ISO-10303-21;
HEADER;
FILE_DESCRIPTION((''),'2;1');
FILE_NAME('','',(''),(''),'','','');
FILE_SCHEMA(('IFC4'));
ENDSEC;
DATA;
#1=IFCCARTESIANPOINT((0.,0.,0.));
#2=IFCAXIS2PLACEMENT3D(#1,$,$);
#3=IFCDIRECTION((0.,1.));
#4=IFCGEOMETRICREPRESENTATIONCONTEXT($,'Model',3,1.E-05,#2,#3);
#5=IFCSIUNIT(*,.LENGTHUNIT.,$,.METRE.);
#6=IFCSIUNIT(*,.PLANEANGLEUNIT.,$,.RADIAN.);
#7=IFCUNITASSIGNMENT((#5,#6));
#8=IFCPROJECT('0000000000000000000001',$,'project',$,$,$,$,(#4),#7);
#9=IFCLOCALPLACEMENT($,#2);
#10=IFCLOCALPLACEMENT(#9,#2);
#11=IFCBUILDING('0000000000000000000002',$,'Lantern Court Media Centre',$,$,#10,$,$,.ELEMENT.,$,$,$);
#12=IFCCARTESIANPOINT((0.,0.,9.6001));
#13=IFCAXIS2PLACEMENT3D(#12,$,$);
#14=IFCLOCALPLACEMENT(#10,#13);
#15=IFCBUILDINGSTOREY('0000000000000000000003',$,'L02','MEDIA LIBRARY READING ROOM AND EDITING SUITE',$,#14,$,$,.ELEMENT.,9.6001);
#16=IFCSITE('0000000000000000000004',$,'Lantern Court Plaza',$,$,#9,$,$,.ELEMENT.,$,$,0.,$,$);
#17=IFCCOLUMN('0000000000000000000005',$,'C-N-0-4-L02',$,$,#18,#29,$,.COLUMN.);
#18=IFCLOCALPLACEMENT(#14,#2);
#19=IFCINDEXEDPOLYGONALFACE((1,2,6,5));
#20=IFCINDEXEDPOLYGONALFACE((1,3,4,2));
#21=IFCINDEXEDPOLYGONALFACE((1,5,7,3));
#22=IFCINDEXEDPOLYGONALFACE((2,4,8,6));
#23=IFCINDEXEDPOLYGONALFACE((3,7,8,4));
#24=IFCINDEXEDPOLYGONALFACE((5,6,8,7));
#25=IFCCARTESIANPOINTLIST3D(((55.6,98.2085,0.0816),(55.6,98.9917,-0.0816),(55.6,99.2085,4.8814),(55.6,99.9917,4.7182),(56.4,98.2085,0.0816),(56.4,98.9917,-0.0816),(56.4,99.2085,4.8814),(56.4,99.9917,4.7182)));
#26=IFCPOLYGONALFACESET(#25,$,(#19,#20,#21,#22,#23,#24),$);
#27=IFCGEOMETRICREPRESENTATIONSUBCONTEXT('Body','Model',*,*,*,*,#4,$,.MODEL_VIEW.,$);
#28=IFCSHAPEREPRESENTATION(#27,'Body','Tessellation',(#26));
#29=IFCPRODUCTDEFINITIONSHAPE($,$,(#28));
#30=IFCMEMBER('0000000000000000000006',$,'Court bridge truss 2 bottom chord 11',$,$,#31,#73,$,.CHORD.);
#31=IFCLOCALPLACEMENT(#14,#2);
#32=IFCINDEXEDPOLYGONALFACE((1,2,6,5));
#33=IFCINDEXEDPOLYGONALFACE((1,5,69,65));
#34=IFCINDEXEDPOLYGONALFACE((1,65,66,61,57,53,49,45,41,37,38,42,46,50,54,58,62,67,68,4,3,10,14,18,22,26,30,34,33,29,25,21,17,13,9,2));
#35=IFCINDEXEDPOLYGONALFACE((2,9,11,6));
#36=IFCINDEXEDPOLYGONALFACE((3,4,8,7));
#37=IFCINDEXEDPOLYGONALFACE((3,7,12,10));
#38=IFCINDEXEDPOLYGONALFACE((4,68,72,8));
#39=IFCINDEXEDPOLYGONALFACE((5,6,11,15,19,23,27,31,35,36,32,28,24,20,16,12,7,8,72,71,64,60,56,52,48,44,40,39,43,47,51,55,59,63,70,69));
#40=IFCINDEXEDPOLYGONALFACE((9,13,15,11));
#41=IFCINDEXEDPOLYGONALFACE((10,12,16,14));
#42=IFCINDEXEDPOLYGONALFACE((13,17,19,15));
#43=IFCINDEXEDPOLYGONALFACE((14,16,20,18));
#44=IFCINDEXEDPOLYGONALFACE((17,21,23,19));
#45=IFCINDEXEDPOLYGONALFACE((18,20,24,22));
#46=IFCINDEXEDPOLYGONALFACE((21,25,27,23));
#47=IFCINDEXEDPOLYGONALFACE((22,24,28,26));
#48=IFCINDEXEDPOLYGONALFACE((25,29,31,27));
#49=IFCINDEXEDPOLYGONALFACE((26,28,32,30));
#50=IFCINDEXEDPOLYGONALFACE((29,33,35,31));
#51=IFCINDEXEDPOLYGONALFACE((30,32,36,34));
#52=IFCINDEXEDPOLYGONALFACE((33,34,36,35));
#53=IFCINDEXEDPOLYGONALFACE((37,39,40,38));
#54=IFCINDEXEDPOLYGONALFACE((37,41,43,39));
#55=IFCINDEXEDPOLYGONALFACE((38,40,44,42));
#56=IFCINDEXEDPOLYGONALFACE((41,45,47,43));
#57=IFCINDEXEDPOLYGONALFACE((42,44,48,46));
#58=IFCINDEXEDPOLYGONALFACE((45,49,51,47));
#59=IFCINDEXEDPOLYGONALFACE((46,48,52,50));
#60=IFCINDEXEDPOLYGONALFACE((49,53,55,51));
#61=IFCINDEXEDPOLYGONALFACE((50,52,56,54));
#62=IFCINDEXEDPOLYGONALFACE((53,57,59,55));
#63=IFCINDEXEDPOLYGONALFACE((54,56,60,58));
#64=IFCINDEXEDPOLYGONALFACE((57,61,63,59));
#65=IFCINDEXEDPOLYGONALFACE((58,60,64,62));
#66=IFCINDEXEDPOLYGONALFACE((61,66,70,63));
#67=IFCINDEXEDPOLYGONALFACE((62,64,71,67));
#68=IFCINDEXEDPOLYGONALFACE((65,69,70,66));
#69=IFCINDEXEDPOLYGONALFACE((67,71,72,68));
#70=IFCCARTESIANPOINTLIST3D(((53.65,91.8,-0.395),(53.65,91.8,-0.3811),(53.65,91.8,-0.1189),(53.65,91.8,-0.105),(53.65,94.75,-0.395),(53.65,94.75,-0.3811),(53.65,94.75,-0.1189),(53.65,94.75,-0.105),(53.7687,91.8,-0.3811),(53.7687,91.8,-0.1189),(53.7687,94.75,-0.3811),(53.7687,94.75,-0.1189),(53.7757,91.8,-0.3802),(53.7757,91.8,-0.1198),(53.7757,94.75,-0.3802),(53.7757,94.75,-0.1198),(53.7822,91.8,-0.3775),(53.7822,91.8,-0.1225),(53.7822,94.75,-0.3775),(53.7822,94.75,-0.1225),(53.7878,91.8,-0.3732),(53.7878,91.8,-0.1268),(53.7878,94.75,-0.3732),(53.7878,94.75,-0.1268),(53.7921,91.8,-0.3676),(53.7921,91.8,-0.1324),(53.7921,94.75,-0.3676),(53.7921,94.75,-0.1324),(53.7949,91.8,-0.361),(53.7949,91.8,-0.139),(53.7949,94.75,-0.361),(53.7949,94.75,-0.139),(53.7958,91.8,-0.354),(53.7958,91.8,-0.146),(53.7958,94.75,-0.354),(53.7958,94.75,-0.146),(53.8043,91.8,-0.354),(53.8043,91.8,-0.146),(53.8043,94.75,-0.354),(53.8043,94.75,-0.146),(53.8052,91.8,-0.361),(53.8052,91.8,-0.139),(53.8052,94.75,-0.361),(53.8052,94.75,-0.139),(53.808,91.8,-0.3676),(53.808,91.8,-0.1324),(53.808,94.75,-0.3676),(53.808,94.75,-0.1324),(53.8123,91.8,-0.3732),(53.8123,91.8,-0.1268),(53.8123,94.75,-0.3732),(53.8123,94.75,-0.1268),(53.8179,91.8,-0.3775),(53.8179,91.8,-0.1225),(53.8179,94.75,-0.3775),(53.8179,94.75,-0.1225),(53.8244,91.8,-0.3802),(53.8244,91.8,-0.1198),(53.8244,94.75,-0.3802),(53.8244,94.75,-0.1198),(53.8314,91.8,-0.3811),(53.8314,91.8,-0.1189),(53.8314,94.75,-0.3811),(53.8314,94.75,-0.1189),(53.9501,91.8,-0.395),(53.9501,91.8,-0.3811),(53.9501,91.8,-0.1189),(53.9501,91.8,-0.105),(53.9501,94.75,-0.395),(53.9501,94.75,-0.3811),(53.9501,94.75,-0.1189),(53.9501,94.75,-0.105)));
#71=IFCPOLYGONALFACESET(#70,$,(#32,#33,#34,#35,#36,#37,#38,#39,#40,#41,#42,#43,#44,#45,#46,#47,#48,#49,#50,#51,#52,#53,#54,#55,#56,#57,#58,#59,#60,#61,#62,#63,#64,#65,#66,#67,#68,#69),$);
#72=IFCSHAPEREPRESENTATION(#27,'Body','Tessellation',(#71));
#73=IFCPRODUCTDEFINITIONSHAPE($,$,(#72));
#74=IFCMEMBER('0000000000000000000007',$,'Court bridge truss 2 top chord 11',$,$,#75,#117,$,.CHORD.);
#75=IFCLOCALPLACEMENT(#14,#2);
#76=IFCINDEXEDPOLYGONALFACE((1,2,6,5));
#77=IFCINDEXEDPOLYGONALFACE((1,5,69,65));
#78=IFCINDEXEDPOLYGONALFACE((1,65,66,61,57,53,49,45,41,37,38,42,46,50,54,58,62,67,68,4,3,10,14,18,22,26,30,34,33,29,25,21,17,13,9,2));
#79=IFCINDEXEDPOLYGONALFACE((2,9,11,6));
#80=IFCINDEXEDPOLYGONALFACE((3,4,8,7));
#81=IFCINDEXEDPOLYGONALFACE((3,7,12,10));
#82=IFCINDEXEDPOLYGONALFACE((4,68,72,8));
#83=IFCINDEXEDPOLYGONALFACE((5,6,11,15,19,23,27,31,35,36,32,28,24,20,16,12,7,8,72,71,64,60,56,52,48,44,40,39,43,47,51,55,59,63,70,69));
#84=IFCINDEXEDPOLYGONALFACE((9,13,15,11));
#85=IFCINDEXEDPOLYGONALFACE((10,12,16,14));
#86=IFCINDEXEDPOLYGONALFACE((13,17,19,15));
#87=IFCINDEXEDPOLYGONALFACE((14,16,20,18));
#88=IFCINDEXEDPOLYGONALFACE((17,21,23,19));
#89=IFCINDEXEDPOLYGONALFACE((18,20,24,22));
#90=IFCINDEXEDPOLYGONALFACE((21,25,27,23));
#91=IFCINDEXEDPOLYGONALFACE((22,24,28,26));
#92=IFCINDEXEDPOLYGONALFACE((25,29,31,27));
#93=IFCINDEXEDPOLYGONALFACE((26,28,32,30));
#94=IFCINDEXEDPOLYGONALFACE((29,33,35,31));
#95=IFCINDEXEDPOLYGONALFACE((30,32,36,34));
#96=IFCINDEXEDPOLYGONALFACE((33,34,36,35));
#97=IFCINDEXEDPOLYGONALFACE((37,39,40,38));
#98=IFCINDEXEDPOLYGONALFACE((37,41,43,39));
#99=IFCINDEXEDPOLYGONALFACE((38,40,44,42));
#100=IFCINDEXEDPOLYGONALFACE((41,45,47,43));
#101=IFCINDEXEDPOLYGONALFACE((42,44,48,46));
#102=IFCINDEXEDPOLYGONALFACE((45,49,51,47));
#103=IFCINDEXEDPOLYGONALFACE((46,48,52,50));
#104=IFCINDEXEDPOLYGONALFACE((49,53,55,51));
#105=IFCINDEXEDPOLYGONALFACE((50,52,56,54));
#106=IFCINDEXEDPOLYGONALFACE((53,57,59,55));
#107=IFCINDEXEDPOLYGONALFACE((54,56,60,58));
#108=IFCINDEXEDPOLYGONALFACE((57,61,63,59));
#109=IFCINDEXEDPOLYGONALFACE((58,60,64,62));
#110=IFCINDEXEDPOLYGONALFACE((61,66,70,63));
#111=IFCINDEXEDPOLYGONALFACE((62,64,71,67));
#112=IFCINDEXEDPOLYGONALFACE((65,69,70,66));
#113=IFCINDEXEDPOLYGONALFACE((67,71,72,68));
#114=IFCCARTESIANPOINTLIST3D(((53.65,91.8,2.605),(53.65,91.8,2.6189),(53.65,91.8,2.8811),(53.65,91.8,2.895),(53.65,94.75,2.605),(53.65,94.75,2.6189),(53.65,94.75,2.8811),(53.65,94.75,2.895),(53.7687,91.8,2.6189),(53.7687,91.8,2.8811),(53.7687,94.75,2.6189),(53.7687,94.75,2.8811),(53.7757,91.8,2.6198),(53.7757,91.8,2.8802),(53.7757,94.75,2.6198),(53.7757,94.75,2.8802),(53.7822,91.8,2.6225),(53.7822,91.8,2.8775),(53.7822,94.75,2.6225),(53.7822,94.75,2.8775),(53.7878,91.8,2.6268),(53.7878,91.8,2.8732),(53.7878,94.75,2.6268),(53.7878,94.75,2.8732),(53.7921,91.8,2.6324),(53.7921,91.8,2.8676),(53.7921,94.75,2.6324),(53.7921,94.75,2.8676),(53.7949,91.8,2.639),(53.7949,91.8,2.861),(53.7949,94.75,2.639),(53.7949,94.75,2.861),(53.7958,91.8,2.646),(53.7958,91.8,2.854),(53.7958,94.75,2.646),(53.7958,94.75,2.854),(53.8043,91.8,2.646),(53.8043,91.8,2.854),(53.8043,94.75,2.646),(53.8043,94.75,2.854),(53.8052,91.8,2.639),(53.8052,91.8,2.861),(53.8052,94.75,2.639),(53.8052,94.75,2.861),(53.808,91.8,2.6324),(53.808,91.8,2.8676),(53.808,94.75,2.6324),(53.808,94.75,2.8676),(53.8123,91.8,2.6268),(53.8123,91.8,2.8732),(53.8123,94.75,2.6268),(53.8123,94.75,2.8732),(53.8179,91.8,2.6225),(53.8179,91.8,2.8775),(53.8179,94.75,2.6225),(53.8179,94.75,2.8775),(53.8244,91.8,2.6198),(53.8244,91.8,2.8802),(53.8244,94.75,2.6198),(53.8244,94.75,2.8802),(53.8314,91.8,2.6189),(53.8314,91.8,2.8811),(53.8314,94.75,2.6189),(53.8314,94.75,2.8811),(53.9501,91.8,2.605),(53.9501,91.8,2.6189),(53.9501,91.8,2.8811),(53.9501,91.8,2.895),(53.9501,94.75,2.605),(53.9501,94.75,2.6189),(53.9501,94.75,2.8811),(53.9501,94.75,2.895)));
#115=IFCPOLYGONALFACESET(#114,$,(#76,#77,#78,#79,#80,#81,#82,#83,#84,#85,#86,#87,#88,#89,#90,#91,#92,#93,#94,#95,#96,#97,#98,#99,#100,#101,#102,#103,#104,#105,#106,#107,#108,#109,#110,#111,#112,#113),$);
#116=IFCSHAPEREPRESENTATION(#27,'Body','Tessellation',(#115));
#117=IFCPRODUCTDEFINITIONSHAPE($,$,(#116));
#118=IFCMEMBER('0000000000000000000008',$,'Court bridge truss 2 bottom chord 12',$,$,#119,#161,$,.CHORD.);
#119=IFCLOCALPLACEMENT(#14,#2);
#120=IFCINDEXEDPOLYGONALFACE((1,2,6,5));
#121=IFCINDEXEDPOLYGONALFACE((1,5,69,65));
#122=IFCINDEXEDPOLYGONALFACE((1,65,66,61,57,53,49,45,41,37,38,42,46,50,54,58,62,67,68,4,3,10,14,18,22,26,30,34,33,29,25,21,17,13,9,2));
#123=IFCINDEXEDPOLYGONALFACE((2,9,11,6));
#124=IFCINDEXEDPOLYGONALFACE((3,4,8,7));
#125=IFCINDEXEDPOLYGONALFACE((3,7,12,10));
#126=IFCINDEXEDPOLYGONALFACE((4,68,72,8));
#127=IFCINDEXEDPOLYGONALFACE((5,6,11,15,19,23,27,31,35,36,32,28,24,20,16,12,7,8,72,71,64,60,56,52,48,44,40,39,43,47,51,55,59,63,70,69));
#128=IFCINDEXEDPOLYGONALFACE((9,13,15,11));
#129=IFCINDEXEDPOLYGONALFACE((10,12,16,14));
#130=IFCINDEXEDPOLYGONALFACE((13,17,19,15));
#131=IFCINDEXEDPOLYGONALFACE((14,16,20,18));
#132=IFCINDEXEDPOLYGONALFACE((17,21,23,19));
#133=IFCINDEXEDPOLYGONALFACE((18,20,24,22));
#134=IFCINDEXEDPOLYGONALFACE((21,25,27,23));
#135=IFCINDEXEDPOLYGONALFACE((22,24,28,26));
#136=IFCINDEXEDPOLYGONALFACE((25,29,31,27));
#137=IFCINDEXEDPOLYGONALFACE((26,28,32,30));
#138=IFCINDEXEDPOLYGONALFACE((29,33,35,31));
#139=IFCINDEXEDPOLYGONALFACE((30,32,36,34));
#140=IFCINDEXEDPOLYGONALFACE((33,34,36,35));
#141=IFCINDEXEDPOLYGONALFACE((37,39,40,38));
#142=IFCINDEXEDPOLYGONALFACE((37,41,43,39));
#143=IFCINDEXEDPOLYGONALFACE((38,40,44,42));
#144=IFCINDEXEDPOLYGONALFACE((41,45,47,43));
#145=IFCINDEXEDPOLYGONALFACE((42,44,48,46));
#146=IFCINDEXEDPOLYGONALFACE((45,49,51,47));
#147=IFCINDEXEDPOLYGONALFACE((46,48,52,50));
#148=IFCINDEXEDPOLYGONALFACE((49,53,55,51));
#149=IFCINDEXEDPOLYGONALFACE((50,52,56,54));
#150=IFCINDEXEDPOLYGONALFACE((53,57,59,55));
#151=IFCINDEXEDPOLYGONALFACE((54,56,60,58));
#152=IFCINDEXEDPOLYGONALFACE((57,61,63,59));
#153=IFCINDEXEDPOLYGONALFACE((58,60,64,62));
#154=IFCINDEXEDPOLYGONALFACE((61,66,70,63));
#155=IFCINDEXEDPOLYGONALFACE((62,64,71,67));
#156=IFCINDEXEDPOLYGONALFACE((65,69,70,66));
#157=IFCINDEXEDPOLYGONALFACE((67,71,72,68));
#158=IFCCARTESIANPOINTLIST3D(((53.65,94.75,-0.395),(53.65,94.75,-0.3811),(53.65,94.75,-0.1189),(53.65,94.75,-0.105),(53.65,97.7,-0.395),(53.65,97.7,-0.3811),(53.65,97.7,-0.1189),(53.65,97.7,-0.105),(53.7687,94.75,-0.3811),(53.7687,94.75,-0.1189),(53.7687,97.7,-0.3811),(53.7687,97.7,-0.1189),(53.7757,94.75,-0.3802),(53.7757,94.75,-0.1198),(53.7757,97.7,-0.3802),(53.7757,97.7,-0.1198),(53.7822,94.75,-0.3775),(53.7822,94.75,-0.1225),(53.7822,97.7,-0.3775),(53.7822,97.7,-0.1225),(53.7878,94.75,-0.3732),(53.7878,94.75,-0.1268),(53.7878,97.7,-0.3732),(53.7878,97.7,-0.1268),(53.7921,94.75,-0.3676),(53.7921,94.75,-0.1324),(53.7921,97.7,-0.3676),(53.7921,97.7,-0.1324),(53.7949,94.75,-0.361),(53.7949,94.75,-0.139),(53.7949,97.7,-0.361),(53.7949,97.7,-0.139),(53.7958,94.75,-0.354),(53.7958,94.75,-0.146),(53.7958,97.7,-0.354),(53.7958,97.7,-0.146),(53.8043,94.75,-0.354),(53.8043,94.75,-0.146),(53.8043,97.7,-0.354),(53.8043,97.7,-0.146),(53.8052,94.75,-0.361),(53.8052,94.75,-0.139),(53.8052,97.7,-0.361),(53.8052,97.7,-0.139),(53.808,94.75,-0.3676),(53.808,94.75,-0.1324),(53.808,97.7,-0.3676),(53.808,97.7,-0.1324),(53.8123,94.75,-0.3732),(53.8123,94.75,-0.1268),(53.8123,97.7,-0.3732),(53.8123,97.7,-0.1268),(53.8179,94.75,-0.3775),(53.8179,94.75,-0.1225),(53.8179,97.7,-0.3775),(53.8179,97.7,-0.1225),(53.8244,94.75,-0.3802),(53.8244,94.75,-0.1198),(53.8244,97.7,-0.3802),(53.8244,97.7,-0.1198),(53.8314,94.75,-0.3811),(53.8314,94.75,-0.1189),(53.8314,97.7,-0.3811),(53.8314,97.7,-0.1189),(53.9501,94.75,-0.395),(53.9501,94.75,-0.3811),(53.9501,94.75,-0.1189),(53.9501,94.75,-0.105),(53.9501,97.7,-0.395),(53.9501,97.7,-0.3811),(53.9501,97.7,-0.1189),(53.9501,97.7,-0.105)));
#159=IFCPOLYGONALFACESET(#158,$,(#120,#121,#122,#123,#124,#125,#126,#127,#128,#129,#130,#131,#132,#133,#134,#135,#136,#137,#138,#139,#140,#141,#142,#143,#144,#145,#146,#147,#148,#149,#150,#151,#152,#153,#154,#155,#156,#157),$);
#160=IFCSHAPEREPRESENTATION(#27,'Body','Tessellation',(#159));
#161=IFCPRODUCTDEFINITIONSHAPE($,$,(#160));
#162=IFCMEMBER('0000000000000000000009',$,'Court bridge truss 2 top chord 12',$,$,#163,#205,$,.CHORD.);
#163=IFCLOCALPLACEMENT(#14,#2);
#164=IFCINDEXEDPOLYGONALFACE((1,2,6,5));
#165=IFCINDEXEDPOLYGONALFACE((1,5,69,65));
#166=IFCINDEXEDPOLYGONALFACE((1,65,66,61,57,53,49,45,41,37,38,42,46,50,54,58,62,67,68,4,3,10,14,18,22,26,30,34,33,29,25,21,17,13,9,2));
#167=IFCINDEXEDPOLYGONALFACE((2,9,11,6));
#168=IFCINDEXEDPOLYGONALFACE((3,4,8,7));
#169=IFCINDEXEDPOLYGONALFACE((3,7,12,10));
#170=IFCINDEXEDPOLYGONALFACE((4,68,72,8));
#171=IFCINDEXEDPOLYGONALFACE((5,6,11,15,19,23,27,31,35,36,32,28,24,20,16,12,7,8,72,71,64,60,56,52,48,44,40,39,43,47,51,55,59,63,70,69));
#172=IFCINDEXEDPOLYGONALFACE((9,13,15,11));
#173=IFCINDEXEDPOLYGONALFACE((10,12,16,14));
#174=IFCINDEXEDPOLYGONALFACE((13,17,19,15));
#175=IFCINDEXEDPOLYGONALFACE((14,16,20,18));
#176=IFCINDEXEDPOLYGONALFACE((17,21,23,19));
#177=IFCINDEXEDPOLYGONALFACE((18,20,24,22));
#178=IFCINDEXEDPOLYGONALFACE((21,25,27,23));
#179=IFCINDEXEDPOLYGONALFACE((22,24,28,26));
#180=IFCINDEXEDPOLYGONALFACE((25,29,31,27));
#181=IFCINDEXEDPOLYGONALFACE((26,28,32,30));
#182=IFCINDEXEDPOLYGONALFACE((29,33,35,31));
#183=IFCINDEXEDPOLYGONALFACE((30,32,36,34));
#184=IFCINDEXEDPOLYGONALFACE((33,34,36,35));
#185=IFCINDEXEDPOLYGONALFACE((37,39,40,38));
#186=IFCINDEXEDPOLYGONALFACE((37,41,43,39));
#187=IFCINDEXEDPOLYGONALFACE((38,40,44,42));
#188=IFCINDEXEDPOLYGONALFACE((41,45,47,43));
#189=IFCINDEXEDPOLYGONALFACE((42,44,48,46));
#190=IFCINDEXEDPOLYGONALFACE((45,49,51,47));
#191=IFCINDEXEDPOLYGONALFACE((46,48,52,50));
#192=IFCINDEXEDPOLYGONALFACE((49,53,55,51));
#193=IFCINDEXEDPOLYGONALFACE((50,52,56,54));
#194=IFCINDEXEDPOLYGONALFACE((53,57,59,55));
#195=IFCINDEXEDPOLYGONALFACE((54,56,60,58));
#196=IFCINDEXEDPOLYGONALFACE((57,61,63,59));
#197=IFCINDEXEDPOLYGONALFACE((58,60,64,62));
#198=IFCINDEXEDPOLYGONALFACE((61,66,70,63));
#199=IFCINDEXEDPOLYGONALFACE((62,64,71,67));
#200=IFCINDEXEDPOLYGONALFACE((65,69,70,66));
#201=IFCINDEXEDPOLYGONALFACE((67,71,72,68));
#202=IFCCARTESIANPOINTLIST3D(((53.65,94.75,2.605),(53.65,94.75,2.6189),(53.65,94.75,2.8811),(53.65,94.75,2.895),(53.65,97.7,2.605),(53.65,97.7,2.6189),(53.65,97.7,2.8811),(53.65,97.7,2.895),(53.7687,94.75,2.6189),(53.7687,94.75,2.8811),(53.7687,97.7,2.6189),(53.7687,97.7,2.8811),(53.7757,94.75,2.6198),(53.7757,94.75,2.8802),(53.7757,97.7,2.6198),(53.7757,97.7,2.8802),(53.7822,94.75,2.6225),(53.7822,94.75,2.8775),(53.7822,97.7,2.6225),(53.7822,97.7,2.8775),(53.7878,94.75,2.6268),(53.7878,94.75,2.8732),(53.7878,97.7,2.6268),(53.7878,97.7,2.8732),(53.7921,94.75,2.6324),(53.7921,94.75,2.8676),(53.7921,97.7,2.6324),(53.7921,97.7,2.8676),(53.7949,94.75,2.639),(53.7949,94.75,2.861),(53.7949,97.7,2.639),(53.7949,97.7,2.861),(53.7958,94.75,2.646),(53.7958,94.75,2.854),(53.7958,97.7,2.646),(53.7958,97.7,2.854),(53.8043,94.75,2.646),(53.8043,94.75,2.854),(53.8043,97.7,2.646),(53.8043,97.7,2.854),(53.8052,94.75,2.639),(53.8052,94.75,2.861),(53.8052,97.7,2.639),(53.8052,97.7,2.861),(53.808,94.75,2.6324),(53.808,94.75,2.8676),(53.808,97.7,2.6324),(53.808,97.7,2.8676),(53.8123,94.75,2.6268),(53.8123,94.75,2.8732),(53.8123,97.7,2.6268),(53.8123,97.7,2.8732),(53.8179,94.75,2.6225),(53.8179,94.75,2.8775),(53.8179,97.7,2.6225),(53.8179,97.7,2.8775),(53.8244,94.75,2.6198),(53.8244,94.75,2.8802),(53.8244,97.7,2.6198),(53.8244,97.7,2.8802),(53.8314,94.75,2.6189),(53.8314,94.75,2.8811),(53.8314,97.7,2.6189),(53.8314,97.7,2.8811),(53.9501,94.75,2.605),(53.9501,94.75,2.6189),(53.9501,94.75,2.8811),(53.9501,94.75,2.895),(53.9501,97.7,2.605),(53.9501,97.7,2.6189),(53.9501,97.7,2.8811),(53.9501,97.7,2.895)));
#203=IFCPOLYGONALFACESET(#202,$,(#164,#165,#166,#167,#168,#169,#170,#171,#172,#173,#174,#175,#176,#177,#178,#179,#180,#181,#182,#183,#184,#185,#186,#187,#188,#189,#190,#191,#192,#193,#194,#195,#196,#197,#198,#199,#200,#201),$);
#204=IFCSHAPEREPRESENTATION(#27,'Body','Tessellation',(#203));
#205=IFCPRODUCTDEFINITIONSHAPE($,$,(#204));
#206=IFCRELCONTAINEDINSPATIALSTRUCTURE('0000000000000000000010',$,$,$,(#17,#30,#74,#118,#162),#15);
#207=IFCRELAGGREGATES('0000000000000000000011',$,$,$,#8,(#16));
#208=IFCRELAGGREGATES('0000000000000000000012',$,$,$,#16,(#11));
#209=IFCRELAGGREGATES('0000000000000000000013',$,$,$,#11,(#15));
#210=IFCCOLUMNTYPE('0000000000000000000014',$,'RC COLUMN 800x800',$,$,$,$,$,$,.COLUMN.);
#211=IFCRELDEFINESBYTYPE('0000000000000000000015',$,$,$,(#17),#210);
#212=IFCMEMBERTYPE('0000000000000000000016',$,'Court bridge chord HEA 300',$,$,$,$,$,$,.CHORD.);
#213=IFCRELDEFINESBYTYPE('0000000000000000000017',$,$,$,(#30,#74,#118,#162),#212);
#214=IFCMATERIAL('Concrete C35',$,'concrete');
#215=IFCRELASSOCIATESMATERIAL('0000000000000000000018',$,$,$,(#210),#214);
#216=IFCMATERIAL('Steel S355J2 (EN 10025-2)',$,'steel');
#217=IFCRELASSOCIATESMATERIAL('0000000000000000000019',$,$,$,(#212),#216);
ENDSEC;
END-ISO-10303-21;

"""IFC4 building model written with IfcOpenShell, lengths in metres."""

from ifc_helpers import new_model, si_unit, direction, frame, origin, origin_2d, place, context, subcontext, project, spatial, rectangle, i_section, extrude, material, material_profile, profile_set, type_object, element, save


model = new_model("IFC4")

# Units and contexts
model_context = context("Model", 3, precision=1e-05, world=origin(), true_north=direction((0.0, 1.0)))
body_context = subcontext(model_context, "Body", "Model", "MODEL_VIEW")
ifc_project = project(units=[si_unit("LENGTHUNIT", "METRE"), si_unit("PLANEANGLEUNIT", "RADIAN")], contexts=[model_context])

# Site, building, storey
site_placement = place(None, origin())
site = spatial("IfcSite", under=ifc_project, at=site_placement, Name="Lantern Court Plaza", CompositionType="ELEMENT", RefElevation=0.0)
building_placement = place(site_placement, origin())
building = spatial("IfcBuilding", under=site, at=building_placement, Name="Lantern Court Media Centre", CompositionType="ELEMENT")
storey_placement = place(building_placement, frame((0.0, 0.0, 9.6001)))
storey = spatial("IfcBuildingStorey", under=building, at=storey_placement, Name="L02", Description="MEDIA LIBRARY READING ROOM AND EDITING SUITE", CompositionType="ELEMENT", Elevation=9.6001)

# Column
ifc_material_1 = material(Name="Concrete C35", Category="concrete")
ifc_material_profile_1 = material_profile(ifc_material_1, rectangle(XDim=0.8, YDim=0.8, at=origin_2d()), Name="RC 800x800")
ifc_profile_set_1 = profile_set([ifc_material_profile_1], Name="Concrete C35")
column_type = type_object("IfcColumnType", Name="RC COLUMN 800x800", PredefinedType="COLUMN", material=ifc_profile_set_1)
column_placement = place(storey_placement, frame((56.0, 98.6001, 0.0), z_axis=(0.0, 0.203962, 0.978979), x_axis=(-1.0, 0.0, 0.0)))
element("IfcColumn", 1, at=column_placement, inside=storey, type_object=column_type, Name="C-N-0-4-L02", PredefinedType="COLUMN", context=body_context, shape_type="SweptSolid", body=[
    extrude(rectangle(XDim=0.8, YDim=0.8, at=origin_2d()), origin(), (0.0, 0.0, 1.0), 4.9028),
])

# Members
ifc_material_2 = material(Name="Steel S355J2 (EN 10025-2)", Category="steel")
ifc_material_profile_2 = material_profile(ifc_material_2, i_section(OverallWidth=0.3, OverallDepth=0.29, WebThickness=0.0085, FlangeThickness=0.0139, FilletRadius=0.0271, at=origin_2d()), Name="HEA 300")
ifc_profile_set_2 = profile_set([ifc_material_profile_2], Name="Steel S355J2 (EN 10025-2)")
member_type_1 = type_object("IfcMemberType", Name="Court bridge chord HEA 300", PredefinedType="CHORD", material=ifc_profile_set_2)
for number, where, z_axis, x_axis, name in (
    (2, (53.8, 91.8, -0.25), (0.0, 1.0, 0.0), (-1.0, 0.0, 0.0), "Court bridge truss 2 bottom chord 11"),
    (3, (53.8, 91.8, 2.75), (0.0, 1.0, 0.0), (-1.0, 0.0, 0.0), "Court bridge truss 2 top chord 11"),
    (4, (53.8, 94.75, -0.25), (0.0, 1.0, 0.0), (-1.0, 0.0, 0.0), "Court bridge truss 2 bottom chord 12"),
    (5, (53.8, 94.75, 2.75), (0.0, 1.0, 0.0), (-1.0, 0.0, 0.0), "Court bridge truss 2 top chord 12"),
):
    element("IfcMember", number, at=place(storey_placement, frame(where, z_axis=z_axis, x_axis=x_axis)), inside=storey, type_object=member_type_1, Name=name, PredefinedType="CHORD", context=body_context, shape_type="SweptSolid", body=[
        extrude(i_section(OverallWidth=0.3, OverallDepth=0.29, WebThickness=0.0085, FlangeThickness=0.0139, FilletRadius=0.0271, at=origin_2d()), origin(), (0.0, 0.0, 1.0), 2.95),
    ])

save(model, "model.ifc")
